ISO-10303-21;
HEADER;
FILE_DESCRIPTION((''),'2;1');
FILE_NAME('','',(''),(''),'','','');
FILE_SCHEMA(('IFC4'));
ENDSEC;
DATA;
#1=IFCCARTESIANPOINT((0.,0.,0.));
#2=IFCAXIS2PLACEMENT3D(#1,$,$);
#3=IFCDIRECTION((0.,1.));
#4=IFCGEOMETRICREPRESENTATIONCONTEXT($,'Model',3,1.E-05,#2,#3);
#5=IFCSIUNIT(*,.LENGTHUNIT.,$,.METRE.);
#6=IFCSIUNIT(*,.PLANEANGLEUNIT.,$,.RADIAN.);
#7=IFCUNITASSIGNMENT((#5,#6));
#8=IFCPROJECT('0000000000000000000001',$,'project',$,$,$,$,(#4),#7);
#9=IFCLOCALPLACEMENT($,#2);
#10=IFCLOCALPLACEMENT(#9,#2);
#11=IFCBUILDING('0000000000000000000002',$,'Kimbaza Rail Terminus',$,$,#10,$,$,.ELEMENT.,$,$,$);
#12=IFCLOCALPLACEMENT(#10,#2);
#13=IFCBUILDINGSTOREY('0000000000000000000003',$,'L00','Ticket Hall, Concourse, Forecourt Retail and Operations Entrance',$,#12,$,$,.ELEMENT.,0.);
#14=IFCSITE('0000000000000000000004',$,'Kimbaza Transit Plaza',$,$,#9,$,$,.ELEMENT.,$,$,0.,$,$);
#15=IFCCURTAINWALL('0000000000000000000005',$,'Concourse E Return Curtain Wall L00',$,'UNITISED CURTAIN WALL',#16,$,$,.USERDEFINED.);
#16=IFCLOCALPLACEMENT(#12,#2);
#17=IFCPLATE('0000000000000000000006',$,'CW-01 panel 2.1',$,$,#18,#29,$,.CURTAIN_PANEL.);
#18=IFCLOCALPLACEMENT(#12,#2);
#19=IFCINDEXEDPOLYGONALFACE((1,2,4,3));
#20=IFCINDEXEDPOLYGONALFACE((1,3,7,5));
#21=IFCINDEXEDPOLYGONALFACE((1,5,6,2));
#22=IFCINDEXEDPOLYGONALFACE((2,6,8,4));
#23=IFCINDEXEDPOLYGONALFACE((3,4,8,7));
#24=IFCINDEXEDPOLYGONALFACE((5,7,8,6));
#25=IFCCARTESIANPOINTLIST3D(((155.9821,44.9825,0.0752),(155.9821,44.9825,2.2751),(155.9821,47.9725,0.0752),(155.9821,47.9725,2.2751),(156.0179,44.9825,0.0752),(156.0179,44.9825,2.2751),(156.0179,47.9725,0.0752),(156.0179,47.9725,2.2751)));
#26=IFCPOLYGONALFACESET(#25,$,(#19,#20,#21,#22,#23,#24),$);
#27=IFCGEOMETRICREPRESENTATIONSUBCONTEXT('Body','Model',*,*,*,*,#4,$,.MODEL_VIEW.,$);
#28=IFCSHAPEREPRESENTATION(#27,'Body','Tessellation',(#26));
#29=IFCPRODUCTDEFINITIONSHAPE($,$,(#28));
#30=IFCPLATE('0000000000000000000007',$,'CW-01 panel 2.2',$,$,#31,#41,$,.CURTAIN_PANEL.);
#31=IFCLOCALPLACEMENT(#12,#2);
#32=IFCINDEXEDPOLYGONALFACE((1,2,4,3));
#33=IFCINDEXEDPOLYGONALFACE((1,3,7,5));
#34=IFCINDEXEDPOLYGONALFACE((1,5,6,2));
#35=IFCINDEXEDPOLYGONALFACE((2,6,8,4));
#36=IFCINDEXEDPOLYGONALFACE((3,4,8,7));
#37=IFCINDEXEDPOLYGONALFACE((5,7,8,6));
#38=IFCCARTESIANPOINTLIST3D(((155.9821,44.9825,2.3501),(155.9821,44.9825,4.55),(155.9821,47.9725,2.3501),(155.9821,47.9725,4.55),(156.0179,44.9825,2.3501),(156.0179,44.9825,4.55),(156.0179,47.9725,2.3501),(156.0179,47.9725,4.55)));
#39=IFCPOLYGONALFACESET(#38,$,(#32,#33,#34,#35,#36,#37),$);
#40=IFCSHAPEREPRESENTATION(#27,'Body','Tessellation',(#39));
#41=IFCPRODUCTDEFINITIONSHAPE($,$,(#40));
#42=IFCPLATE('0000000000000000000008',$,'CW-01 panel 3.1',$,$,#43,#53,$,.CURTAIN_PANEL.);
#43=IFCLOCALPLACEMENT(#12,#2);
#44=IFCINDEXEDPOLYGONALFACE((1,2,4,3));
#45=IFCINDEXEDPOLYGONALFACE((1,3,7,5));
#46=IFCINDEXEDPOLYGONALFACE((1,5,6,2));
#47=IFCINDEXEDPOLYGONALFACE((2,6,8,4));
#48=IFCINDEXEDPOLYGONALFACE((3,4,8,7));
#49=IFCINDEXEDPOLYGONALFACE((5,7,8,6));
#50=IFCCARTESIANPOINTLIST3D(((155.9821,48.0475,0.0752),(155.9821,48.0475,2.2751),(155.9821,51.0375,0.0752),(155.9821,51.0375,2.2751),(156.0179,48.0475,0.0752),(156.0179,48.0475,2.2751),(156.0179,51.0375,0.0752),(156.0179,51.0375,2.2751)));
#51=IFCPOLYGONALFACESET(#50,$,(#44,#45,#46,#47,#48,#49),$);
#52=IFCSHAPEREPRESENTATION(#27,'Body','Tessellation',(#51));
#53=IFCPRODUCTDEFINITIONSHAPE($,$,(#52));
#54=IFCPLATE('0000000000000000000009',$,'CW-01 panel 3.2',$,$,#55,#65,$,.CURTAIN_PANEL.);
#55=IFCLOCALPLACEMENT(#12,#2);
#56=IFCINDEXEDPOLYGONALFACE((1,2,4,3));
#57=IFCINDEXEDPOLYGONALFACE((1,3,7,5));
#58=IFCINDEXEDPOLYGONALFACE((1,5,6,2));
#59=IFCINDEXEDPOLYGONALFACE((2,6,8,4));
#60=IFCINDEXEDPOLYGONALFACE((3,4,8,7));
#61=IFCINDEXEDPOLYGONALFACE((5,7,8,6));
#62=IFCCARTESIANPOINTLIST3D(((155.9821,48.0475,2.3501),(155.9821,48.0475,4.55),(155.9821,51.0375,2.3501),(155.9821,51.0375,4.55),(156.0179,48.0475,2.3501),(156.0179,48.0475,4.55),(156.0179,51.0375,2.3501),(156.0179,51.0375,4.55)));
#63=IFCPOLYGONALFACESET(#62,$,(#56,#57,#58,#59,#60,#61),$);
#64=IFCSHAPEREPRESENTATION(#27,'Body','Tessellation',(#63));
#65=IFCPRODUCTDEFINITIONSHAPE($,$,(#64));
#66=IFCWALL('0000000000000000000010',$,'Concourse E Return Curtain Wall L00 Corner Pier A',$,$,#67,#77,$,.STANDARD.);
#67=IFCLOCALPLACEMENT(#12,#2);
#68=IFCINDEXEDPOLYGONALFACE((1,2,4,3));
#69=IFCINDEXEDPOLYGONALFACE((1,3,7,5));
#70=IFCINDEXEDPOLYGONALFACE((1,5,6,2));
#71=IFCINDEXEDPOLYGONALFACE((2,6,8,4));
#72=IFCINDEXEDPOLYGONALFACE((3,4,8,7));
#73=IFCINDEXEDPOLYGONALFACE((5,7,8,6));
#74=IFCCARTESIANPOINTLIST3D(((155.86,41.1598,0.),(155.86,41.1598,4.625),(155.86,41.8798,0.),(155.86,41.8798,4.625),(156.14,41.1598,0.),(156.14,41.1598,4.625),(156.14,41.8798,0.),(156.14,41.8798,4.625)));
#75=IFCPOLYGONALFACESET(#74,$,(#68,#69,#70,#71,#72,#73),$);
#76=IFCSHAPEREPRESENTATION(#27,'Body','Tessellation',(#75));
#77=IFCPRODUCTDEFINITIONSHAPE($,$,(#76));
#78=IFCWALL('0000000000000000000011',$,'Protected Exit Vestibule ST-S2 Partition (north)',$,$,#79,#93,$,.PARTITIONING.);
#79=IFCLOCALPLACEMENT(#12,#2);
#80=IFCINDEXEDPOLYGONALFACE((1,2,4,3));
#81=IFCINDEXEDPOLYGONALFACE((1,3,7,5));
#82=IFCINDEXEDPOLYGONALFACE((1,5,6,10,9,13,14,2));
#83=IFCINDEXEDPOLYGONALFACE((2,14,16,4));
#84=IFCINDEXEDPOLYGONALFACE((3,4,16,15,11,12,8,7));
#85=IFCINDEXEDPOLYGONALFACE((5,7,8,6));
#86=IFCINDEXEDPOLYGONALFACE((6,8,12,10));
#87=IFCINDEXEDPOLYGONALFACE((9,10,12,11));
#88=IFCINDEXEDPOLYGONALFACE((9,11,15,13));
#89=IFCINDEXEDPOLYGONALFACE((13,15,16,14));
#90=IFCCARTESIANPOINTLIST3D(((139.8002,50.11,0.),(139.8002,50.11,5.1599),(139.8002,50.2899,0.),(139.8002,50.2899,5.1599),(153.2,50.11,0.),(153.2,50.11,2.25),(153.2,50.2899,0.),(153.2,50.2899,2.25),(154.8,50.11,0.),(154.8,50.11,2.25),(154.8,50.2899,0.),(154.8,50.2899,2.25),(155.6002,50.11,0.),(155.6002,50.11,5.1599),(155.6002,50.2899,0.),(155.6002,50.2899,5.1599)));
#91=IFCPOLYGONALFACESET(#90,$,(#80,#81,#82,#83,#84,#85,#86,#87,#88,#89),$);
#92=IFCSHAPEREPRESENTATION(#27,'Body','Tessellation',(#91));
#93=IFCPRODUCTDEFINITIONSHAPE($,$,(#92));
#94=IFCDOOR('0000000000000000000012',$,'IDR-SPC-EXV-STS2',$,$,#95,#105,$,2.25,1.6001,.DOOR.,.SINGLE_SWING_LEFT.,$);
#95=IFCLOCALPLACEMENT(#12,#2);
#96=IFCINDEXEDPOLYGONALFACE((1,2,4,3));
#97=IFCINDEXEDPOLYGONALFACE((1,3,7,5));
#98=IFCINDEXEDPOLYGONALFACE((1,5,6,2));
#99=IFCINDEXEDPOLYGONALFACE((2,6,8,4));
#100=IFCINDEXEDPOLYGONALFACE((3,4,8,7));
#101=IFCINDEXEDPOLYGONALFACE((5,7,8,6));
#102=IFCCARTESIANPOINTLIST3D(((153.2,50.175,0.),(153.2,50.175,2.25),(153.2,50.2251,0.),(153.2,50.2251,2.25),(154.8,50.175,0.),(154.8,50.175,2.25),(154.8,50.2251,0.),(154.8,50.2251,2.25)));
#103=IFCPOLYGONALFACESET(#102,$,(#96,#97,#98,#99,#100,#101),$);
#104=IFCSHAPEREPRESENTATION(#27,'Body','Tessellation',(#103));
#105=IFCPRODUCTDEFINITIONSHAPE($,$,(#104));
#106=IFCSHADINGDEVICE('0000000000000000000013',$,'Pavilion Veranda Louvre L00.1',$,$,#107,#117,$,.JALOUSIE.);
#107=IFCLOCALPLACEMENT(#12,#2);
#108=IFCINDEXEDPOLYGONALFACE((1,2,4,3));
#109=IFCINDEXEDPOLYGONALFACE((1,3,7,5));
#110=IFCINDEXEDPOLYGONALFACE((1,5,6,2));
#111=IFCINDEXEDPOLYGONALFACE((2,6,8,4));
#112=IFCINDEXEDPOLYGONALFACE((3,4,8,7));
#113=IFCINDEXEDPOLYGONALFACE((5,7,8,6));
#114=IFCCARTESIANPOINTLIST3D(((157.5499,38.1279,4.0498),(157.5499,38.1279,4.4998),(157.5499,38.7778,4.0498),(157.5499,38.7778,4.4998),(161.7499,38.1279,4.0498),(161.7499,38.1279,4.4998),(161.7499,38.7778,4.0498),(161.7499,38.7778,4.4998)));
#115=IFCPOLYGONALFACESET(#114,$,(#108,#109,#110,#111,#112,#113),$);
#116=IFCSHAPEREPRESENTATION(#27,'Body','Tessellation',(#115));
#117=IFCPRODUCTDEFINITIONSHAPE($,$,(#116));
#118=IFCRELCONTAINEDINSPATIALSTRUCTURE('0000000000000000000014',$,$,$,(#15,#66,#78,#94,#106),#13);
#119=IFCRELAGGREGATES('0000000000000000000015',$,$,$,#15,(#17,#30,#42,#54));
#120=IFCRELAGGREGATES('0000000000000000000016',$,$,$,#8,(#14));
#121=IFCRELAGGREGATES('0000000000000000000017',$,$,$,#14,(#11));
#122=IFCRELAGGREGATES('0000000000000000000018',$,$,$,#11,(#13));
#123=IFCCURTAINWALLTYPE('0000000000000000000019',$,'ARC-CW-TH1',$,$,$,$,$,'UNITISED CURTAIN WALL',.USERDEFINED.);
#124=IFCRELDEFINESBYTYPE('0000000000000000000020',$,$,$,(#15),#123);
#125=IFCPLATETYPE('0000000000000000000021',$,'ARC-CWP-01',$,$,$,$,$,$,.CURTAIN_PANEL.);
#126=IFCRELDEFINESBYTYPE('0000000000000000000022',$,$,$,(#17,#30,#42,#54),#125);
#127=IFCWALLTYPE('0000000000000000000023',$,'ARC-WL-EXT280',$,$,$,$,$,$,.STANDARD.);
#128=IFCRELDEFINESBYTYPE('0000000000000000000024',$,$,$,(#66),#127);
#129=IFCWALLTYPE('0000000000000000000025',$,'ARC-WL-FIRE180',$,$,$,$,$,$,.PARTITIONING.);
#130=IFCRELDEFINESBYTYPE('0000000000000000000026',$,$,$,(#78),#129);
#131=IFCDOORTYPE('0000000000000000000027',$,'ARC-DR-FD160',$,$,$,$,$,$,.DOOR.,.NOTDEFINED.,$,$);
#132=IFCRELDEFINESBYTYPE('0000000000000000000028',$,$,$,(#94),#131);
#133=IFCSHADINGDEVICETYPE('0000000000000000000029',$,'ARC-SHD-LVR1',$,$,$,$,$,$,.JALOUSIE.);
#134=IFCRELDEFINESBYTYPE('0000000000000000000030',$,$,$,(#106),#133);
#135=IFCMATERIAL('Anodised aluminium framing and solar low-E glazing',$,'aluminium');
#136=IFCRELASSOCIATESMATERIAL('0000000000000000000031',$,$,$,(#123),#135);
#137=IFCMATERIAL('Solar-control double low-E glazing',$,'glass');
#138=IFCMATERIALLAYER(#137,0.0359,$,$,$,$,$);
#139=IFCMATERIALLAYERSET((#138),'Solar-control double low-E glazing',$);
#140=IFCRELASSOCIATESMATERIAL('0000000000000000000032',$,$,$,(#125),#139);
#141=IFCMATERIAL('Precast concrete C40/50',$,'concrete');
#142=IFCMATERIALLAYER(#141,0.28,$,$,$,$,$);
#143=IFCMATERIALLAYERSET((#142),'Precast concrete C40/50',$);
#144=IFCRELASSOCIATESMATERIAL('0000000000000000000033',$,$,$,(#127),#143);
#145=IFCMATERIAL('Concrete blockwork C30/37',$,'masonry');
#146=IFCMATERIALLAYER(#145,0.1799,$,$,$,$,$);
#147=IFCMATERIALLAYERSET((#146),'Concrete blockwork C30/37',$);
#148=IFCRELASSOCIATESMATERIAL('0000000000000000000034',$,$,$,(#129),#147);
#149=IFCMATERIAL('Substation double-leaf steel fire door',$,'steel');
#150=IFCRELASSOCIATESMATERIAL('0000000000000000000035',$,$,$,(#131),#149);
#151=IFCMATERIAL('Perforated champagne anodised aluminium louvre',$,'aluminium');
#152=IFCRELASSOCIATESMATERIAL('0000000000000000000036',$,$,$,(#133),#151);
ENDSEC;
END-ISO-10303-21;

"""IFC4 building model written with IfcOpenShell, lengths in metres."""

from ifc_helpers import new_model, si_unit, direction, frame, frame_2d, origin, origin_2d, place, context, subcontext, project, spatial, rectangle, extrude, material, layer, layer_set, type_object, element, fill, aggregate, save


model = new_model("IFC4")

# Units and contexts
model_context = context("Model", 3, precision=1e-05, world=origin(), true_north=direction((0.0, 1.0)))
body_context = subcontext(model_context, "Body", "Model", "MODEL_VIEW")
ifc_project = project(units=[si_unit("LENGTHUNIT", "METRE"), si_unit("PLANEANGLEUNIT", "RADIAN")], contexts=[model_context])

# Site, building, storey
site_placement = place(None, origin())
site = spatial("IfcSite", under=ifc_project, at=site_placement, Name="Kimbaza Transit Plaza", CompositionType="ELEMENT", RefElevation=0.0)
building_placement = place(site_placement, origin())
building = spatial("IfcBuilding", under=site, at=building_placement, Name="Kimbaza Rail Terminus", CompositionType="ELEMENT")
storey_placement = place(building_placement, origin())
storey = spatial("IfcBuildingStorey", under=building, at=storey_placement, Name="L00", Description="Ticket Hall, Concourse, Forecourt Retail and Operations Entrance", CompositionType="ELEMENT", Elevation=0.0)

# Curtain wall
ifc_material_1 = material(Name="Anodised aluminium framing and solar low-E glazing", Category="aluminium")
curtain_wall_type = type_object("IfcCurtainWallType", Name="ARC-CW-TH1", ElementType="UNITISED CURTAIN WALL", PredefinedType="USERDEFINED", material=ifc_material_1)
curtain_wall_placement = place(storey_placement, origin())
curtain_wall = element("IfcCurtainWall", 1, at=curtain_wall_placement, inside=storey, type_object=curtain_wall_type, Name="Concourse E Return Curtain Wall L00", ObjectType="UNITISED CURTAIN WALL", PredefinedType="USERDEFINED")

# Plates
ifc_material_2 = material(Name="Solar-control double low-E glazing", Category="glass")
ifc_layer_1 = layer(ifc_material_2, 0.0359)
ifc_layer_set_1 = layer_set([ifc_layer_1], Name="Solar-control double low-E glazing")
plate_type = type_object("IfcPlateType", Name="ARC-CWP-01", PredefinedType="CURTAIN_PANEL", material=ifc_layer_set_1)
plate_1_placement = place(storey_placement, frame((156.0, 46.4775, 0.0752), z_axis=(0.0, 0.0, 1.0), x_axis=(0.0, 1.0, 0.0)))
plate_1 = element("IfcPlate", 2, at=plate_1_placement, type_object=plate_type, Name="CW-01 panel 2.1", PredefinedType="CURTAIN_PANEL", context=body_context, shape_type="SweptSolid", body=[
    extrude(rectangle(XDim=2.99, YDim=0.0359, at=origin_2d()), origin(), (0.0, 0.0, 1.0), 2.2),
])
plate_2_placement = place(storey_placement, frame((156.0, 46.4775, 2.3501), z_axis=(0.0, 0.0, 1.0), x_axis=(0.0, 1.0, 0.0)))
plate_2 = element("IfcPlate", 3, at=plate_2_placement, type_object=plate_type, Name="CW-01 panel 2.2", PredefinedType="CURTAIN_PANEL", context=body_context, shape_type="SweptSolid", body=[
    extrude(rectangle(XDim=2.99, YDim=0.0359, at=origin_2d()), origin(), (0.0, 0.0, 1.0), 2.2),
])
plate_3_placement = place(storey_placement, frame((156.0, 49.5425, 0.0752), z_axis=(0.0, 0.0, 1.0), x_axis=(0.0, 1.0, 0.0)))
plate_3 = element("IfcPlate", 4, at=plate_3_placement, type_object=plate_type, Name="CW-01 panel 3.1", PredefinedType="CURTAIN_PANEL", context=body_context, shape_type="SweptSolid", body=[
    extrude(rectangle(XDim=2.99, YDim=0.0359, at=origin_2d()), origin(), (0.0, 0.0, 1.0), 2.2),
])
plate_4_placement = place(storey_placement, frame((156.0, 49.5425, 2.3501), z_axis=(0.0, 0.0, 1.0), x_axis=(0.0, 1.0, 0.0)))
plate_4 = element("IfcPlate", 5, at=plate_4_placement, type_object=plate_type, Name="CW-01 panel 3.2", PredefinedType="CURTAIN_PANEL", context=body_context, shape_type="SweptSolid", body=[
    extrude(rectangle(XDim=2.99, YDim=0.0359, at=origin_2d()), origin(), (0.0, 0.0, 1.0), 2.2),
])
aggregate(curtain_wall, [plate_1, plate_2, plate_3, plate_4])

# Wall
ifc_material_3 = material(Name="Precast concrete C40/50", Category="concrete")
ifc_layer_2 = layer(ifc_material_3, 0.28)
ifc_layer_set_2 = layer_set([ifc_layer_2], Name="Precast concrete C40/50")
wall_type_1 = type_object("IfcWallType", Name="ARC-WL-EXT280", PredefinedType="STANDARD", material=ifc_layer_set_2)
wall_1_placement = place(storey_placement, frame((156.0, 41.1599, 0.0), z_axis=(0.0, 0.0, 1.0), x_axis=(0.0, 1.0, 0.0)))
element("IfcWall", 6, at=wall_1_placement, inside=storey, type_object=wall_type_1, Name="Concourse E Return Curtain Wall L00 Corner Pier A", PredefinedType="STANDARD", context=body_context, shape_type="SweptSolid", body=[
    extrude(rectangle(XDim=0.72, YDim=0.28, at=frame_2d((0.3599, 0.0))), origin(), (0.0, 0.0, 1.0), 4.625),
])

# Wall, opening, door
ifc_material_4 = material(Name="Concrete blockwork C30/37", Category="masonry")
ifc_layer_3 = layer(ifc_material_4, 0.1799)
ifc_layer_set_3 = layer_set([ifc_layer_3], Name="Concrete blockwork C30/37")
wall_type_2 = type_object("IfcWallType", Name="ARC-WL-FIRE180", PredefinedType="PARTITIONING", material=ifc_layer_set_3)
wall_2_placement = place(storey_placement, frame((155.6001, 50.2, 0.0), z_axis=(0.0, 0.0, 1.0), x_axis=(-1.0, 0.0, 0.0)))
wall_2 = element("IfcWall", 7, at=wall_2_placement, inside=storey, type_object=wall_type_2, Name="Protected Exit Vestibule ST-S2 Partition (north)", PredefinedType="PARTITIONING", context=body_context, shape_type="SweptSolid", body=[
    extrude(rectangle(XDim=15.8, YDim=0.1799, at=frame_2d((7.8999, 0.0))), origin(), (0.0, 0.0, 1.0), 5.1599),
])
opening_placement = place(wall_2_placement, frame((0.8, 0.0, 0.0)))
opening = element("IfcOpeningElement", 8, at=opening_placement, cuts=wall_2, PredefinedType="OPENING", context=body_context, shape_type="SweptSolid", body=[
    extrude(rectangle(XDim=1.6001, YDim=2.25, at=frame_2d((0.8, 1.125))), frame((0.0, 0.0999, 0.0), z_axis=(0.0, -1.0, 0.0), x_axis=(1.0, 0.0, 0.0)), (0.0, 0.0, 1.0), 0.2),
])
ifc_material_5 = material(Name="Substation double-leaf steel fire door", Category="steel")
door_type = type_object("IfcDoorType", Name="ARC-DR-FD160", OperationType="NOTDEFINED", PredefinedType="DOOR", material=ifc_material_5)
door_placement = place(opening_placement, origin())
door = element("IfcDoor", 9, at=door_placement, inside=storey, type_object=door_type, Name="IDR-SPC-EXV-STS2", OperationType="SINGLE_SWING_LEFT", OverallHeight=2.25, OverallWidth=1.6001, PredefinedType="DOOR", context=body_context, shape_type="SweptSolid", body=[
    extrude(rectangle(XDim=1.6001, YDim=2.25, at=frame_2d((0.8, 1.125))), frame((0.0, 0.0249, 0.0), z_axis=(0.0, -1.0, 0.0), x_axis=(1.0, 0.0, 0.0)), (0.0, 0.0, 1.0), 0.05),
])
fill(opening, door)

# Shading device
ifc_material_6 = material(Name="Perforated champagne anodised aluminium louvre", Category="aluminium")
shading_device_type = type_object("IfcShadingDeviceType", Name="ARC-SHD-LVR1", PredefinedType="JALOUSIE", material=ifc_material_6)
shading_device_placement = place(storey_placement, frame((159.6499, 38.4529, 4.0498), z_axis=(0.0, 0.0, 1.0), x_axis=(1.0, 0.0, 0.0)))
element("IfcShadingDevice", 10, at=shading_device_placement, inside=storey, type_object=shading_device_type, Name="Pavilion Veranda Louvre L00.1", PredefinedType="JALOUSIE", context=body_context, shape_type="SweptSolid", body=[
    extrude(rectangle(XDim=4.2, YDim=0.6499, at=origin_2d()), origin(), (0.0, 0.0, 1.0), 0.45),
])

save(model, "model.ifc")
